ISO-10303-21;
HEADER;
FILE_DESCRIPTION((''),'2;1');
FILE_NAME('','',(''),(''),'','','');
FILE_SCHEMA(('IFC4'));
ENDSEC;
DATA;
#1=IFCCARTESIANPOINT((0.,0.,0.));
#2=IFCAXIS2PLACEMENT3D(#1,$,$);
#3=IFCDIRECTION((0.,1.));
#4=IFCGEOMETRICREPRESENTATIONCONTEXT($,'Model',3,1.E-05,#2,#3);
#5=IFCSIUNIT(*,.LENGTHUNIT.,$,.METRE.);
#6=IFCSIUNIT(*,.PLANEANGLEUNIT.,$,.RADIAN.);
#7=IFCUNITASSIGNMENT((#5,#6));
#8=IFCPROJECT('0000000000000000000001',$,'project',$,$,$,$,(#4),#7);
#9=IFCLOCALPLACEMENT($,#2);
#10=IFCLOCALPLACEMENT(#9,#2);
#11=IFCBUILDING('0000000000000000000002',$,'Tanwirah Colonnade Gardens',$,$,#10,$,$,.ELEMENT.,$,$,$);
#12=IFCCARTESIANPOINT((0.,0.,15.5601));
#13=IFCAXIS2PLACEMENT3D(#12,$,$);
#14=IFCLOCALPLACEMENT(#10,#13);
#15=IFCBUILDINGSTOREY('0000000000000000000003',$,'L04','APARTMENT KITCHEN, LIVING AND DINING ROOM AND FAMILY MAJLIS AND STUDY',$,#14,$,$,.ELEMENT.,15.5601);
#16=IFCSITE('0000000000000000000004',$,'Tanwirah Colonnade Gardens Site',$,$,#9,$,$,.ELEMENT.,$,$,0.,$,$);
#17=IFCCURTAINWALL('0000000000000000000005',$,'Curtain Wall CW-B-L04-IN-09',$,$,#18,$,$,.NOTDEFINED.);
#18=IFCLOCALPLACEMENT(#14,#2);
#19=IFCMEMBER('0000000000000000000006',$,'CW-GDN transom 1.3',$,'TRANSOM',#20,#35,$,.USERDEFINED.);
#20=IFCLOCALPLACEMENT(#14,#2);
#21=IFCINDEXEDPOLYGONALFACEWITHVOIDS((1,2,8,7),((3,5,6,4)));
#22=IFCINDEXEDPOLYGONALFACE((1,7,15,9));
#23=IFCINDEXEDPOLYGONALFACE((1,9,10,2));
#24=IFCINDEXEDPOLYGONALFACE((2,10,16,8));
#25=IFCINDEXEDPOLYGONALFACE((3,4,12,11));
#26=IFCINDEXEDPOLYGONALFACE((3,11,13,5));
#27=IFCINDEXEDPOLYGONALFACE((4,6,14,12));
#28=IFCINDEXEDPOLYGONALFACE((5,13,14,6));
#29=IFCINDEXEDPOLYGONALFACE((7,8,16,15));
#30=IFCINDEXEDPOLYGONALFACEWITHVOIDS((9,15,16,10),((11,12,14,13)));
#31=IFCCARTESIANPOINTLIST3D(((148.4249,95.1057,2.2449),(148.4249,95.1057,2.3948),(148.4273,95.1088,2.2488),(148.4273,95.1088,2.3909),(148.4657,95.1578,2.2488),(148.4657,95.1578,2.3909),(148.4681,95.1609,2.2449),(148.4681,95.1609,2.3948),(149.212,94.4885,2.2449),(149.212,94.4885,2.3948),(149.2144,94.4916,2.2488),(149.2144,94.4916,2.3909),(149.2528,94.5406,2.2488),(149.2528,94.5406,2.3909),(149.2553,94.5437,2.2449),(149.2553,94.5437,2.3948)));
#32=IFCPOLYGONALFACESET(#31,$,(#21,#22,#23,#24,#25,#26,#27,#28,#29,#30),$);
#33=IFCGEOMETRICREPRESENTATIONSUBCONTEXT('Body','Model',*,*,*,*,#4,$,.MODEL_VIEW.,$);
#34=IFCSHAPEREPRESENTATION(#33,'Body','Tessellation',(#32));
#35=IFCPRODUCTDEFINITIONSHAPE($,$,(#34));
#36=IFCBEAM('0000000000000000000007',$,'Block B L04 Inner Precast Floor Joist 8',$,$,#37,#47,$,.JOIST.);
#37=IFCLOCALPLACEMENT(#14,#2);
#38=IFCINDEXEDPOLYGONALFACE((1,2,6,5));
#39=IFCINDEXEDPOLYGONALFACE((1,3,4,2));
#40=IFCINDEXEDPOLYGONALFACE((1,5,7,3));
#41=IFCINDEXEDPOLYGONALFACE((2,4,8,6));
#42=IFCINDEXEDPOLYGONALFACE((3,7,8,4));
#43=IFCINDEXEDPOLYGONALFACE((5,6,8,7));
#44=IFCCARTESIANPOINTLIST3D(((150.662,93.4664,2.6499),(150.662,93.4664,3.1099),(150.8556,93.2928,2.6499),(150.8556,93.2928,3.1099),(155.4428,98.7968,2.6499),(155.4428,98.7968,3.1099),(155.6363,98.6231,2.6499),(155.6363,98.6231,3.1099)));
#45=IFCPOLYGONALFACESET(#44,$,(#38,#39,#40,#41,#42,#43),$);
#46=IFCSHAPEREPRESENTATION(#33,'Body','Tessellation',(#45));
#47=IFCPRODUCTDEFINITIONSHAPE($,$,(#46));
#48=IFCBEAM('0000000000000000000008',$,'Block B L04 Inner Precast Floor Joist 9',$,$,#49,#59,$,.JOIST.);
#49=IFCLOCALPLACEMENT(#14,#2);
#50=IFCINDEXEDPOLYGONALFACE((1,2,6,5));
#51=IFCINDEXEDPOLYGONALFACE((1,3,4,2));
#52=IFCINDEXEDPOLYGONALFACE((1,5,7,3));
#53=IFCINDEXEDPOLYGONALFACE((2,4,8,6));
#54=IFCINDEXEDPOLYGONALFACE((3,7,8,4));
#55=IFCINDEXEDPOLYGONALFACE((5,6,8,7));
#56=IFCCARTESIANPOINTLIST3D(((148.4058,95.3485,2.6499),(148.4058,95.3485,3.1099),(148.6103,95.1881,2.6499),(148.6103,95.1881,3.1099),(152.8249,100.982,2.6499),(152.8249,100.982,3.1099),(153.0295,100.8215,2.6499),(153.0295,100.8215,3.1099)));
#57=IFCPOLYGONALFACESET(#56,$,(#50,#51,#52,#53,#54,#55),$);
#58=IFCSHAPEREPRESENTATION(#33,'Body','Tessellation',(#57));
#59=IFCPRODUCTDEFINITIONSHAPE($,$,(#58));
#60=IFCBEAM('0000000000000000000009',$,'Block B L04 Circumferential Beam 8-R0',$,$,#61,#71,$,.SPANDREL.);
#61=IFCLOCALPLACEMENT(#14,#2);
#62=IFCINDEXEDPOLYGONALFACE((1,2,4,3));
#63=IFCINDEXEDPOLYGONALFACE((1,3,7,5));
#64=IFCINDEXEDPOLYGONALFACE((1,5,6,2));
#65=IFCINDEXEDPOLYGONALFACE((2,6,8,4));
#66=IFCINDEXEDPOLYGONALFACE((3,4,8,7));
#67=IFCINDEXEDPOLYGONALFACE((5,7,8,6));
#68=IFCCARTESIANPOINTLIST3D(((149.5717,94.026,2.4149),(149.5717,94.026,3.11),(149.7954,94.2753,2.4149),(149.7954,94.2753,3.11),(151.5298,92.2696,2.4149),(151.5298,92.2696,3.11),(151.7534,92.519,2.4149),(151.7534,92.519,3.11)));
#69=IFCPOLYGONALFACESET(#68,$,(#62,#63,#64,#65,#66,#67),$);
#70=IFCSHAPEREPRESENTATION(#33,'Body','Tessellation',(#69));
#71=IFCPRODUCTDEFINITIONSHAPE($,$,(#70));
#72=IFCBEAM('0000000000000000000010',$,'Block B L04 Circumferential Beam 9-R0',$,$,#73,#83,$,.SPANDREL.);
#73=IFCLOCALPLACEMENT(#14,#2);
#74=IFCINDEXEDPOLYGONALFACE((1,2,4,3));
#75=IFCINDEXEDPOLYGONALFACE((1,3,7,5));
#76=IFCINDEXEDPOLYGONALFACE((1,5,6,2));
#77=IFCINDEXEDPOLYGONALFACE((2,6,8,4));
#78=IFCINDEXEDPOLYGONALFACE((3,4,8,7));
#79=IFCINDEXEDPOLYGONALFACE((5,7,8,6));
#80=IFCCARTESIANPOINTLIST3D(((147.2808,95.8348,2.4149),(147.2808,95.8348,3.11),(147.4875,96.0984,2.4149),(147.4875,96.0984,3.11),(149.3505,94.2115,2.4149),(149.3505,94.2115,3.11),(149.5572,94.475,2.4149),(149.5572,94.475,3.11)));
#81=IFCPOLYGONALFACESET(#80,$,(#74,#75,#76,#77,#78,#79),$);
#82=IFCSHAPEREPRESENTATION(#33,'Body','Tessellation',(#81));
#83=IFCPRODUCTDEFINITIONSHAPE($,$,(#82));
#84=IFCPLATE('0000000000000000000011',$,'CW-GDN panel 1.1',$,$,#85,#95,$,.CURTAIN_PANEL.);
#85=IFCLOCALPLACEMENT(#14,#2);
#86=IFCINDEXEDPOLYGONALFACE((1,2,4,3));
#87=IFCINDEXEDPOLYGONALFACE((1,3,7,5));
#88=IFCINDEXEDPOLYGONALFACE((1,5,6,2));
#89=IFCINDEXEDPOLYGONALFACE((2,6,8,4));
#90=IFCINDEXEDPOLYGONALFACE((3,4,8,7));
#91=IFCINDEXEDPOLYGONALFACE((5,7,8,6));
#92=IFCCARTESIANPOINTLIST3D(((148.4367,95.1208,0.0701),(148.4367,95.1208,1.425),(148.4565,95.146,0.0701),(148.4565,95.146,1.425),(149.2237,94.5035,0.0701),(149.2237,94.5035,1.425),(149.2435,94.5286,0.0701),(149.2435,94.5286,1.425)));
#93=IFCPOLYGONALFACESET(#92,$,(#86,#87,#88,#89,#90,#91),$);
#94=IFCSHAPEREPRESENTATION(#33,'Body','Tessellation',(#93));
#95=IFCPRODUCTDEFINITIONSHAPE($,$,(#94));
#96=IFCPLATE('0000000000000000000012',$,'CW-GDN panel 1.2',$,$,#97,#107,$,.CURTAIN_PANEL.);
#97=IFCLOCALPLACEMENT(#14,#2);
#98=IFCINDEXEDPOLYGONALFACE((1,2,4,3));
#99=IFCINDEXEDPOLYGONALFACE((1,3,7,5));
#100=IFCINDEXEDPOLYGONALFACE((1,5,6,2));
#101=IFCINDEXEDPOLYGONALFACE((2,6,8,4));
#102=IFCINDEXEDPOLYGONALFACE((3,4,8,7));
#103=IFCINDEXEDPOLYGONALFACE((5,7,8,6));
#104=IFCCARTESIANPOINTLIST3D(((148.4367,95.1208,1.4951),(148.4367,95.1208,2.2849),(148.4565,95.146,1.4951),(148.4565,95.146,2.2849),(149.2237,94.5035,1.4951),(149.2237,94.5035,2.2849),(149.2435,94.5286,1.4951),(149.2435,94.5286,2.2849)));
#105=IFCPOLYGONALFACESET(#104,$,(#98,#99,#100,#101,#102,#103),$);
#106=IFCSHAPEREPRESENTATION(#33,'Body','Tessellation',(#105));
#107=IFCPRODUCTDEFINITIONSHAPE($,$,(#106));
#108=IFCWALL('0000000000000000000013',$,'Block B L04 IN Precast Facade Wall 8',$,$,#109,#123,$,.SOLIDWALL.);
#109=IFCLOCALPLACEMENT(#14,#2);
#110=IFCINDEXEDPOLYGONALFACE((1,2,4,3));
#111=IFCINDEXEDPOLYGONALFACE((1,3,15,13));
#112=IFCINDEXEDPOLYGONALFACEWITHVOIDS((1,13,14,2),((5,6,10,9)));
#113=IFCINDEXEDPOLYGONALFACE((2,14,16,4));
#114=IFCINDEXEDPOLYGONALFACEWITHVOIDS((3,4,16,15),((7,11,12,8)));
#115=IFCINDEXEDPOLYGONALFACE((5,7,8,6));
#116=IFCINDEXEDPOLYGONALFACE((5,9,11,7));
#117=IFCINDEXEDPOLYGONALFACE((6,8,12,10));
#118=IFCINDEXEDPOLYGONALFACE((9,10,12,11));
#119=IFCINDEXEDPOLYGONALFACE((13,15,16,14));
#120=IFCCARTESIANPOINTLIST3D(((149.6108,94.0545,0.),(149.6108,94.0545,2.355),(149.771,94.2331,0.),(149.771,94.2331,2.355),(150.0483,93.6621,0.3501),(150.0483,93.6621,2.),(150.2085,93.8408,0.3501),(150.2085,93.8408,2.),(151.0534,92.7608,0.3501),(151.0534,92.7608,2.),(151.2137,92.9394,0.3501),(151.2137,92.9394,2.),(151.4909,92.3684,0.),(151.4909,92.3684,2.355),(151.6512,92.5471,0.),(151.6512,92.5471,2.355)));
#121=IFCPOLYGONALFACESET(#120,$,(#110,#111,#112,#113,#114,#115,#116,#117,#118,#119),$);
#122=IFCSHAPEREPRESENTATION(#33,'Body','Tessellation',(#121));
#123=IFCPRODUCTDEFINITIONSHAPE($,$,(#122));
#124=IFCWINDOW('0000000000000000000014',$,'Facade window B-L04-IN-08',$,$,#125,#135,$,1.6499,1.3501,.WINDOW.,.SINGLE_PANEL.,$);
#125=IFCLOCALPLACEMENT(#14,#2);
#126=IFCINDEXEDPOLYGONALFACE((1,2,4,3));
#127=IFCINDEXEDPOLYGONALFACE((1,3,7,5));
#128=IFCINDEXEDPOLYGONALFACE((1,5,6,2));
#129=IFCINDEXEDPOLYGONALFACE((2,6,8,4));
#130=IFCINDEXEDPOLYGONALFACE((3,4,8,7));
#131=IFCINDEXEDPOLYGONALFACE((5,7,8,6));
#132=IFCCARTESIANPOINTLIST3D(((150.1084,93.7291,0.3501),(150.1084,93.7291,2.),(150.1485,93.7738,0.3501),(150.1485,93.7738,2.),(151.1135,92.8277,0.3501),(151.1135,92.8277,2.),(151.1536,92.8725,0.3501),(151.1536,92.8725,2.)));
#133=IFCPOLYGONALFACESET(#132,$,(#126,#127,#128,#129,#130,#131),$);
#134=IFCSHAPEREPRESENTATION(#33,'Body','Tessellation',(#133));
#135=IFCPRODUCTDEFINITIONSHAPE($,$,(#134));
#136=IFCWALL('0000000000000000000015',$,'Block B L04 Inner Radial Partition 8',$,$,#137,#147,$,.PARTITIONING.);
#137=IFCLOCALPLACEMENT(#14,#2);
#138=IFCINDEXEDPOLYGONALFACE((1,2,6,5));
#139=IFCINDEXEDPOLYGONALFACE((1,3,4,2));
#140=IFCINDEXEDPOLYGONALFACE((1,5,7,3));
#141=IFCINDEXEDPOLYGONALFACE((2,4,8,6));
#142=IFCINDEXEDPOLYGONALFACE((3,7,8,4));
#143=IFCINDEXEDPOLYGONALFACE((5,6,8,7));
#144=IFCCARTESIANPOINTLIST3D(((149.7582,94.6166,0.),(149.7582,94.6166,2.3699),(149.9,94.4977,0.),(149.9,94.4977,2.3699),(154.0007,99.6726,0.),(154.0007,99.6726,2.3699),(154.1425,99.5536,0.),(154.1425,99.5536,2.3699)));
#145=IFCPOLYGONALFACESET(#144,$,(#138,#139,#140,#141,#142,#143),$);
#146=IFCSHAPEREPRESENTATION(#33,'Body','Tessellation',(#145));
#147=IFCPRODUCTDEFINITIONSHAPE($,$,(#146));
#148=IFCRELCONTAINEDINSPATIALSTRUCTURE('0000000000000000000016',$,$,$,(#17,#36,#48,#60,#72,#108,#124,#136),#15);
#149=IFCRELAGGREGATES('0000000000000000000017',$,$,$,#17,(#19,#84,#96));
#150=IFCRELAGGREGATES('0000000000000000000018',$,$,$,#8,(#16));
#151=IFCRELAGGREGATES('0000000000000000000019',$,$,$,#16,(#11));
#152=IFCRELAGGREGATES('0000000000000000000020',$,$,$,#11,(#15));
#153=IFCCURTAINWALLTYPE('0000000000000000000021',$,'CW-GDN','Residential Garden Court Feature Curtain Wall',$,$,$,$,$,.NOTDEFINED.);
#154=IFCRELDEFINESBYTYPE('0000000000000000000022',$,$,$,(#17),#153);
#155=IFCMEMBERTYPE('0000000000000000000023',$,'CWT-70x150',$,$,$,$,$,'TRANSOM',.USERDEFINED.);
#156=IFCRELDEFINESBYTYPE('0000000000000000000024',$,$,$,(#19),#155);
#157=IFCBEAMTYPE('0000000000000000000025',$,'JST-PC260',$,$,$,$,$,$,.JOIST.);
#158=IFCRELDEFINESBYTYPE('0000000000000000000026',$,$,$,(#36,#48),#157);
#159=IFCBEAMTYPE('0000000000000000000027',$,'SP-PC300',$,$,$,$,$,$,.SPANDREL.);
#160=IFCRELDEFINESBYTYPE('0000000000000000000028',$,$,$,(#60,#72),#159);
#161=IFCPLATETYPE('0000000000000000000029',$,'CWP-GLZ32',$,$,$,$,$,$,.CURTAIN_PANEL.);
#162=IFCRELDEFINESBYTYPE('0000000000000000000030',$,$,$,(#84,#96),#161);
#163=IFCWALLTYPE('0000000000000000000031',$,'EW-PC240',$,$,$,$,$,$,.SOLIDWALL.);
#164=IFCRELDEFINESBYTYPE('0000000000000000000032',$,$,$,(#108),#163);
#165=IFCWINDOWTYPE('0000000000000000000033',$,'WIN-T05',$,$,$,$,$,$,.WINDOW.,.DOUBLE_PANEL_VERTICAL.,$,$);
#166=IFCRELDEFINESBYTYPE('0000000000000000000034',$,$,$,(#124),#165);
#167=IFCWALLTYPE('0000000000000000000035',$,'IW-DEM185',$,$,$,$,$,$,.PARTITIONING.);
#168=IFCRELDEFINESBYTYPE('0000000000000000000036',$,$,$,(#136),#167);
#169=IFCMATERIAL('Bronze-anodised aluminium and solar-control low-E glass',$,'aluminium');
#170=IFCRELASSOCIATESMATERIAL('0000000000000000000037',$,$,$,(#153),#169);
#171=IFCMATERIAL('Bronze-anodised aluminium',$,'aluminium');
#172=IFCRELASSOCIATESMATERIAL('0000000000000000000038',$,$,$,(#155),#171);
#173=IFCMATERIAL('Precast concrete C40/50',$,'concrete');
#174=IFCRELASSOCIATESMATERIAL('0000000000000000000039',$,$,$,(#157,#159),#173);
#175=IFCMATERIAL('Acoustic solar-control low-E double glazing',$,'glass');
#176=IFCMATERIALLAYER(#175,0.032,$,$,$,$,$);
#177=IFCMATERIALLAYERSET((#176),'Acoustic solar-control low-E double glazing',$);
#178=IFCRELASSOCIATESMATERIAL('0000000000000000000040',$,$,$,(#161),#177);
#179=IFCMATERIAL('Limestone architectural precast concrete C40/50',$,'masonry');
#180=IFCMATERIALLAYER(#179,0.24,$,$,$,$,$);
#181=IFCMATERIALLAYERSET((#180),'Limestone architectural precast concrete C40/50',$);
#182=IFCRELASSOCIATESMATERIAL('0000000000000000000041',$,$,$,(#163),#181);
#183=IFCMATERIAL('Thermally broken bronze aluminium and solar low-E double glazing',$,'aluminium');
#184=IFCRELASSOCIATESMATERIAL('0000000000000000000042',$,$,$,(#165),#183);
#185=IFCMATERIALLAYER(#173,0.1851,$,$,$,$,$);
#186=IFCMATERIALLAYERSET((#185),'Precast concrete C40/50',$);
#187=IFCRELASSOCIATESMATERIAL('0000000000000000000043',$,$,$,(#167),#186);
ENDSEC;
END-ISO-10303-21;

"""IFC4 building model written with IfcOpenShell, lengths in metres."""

from ifc_helpers import new_model, si_unit, direction, frame, frame_2d, origin, origin_2d, place, context, subcontext, project, spatial, rectangle, hollow_rectangle, extrude, material, layer, layer_set, material_profile, profile_set, type_object, element, fill, aggregate, save


model = new_model("IFC4")

# Units and contexts
model_context = context("Model", 3, precision=1e-05, world=origin(), true_north=direction((0.0, 1.0)))
body_context = subcontext(model_context, "Body", "Model", "MODEL_VIEW")
ifc_project = project(units=[si_unit("LENGTHUNIT", "METRE"), si_unit("PLANEANGLEUNIT", "RADIAN")], contexts=[model_context])

# Site, building, storey
site_placement = place(None, origin())
site = spatial("IfcSite", under=ifc_project, at=site_placement, Name="Tanwirah Colonnade Gardens Site", CompositionType="ELEMENT", RefElevation=0.0)
building_placement = place(site_placement, origin())
building = spatial("IfcBuilding", under=site, at=building_placement, Name="Tanwirah Colonnade Gardens", CompositionType="ELEMENT")
storey_placement = place(building_placement, frame((0.0, 0.0, 15.5601)))
storey = spatial("IfcBuildingStorey", under=building, at=storey_placement, Name="L04", Description="APARTMENT KITCHEN, LIVING AND DINING ROOM AND FAMILY MAJLIS AND STUDY", CompositionType="ELEMENT", Elevation=15.5601)

# Shared definitions
ifc_material_1 = material(Name="Precast concrete C40/50", Category="concrete")

# Curtain wall, member
ifc_material_2 = material(Name="Bronze-anodised aluminium and solar-control low-E glass", Category="aluminium")
curtain_wall_type = type_object("IfcCurtainWallType", Name="CW-GDN", Description="Residential Garden Court Feature Curtain Wall", PredefinedType="NOTDEFINED", material=ifc_material_2)
curtain_wall_placement = place(storey_placement, origin())
curtain_wall = element("IfcCurtainWall", 1, at=curtain_wall_placement, inside=storey, type_object=curtain_wall_type, Name="Curtain Wall CW-B-L04-IN-09", PredefinedType="NOTDEFINED")
ifc_material_3 = material(Name="Bronze-anodised aluminium", Category="aluminium")
ifc_material_profile_1 = material_profile(ifc_material_3, hollow_rectangle(XDim=0.0701, YDim=0.1499, WallThickness=0.0039, at=origin_2d()), Name="CW-TRN 70x150x4")
ifc_profile_set_1 = profile_set([ifc_material_profile_1], Name="Bronze-anodised aluminium")
member_type_1 = type_object("IfcMemberType", Name="CWT-70x150", ElementType="TRANSOM", PredefinedType="USERDEFINED", material=ifc_profile_set_1)
member_1_placement = place(storey_placement, frame((149.2336, 94.5161, 2.3198), z_axis=(-0.786928, 0.617045, 0.0), x_axis=(-0.617045, -0.786928, 0.0)))
member_1 = element("IfcMember", 2, at=member_1_placement, type_object=member_type_1, Name="CW-GDN transom 1.3", ObjectType="TRANSOM", PredefinedType="USERDEFINED", context=body_context, shape_type="SweptSolid", body=[
    extrude(hollow_rectangle(XDim=0.0701, YDim=0.1499, WallThickness=0.0039, at=origin_2d()), origin(), (0.0, 0.0, 1.0), 1.0002),
])

# Beams
ifc_material_profile_2 = material_profile(ifc_material_1, rectangle(XDim=0.26, YDim=0.46, at=origin_2d()), Name="PC-JST 260x460")
ifc_profile_set_2 = profile_set([ifc_material_profile_2], Name="Precast concrete C40/50")
beam_type_1 = type_object("IfcBeamType", Name="JST-PC260", PredefinedType="JOIST", material=ifc_profile_set_2)
beam_1_placement = place(storey_placement, frame((150.7588, 93.3796, 2.8799), z_axis=(0.667688, 0.744441, 0.0), x_axis=(-0.744441, 0.667688, 0.0)))
element("IfcBeam", 3, at=beam_1_placement, inside=storey, type_object=beam_type_1, Name="Block B L04 Inner Precast Floor Joist 8", PredefinedType="JOIST", context=body_context, shape_type="SweptSolid", body=[
    extrude(rectangle(XDim=0.26, YDim=0.46, at=origin_2d()), origin(), (0.0, 0.0, 1.0), 7.1602),
])
beam_2_placement = place(storey_placement, frame((148.5081, 95.2683, 2.8799), z_axis=(0.617202, 0.786804, 0.0), x_axis=(-0.786804, 0.617202, 0.0)))
element("IfcBeam", 4, at=beam_2_placement, inside=storey, type_object=beam_type_1, Name="Block B L04 Inner Precast Floor Joist 9", PredefinedType="JOIST", context=body_context, shape_type="SweptSolid", body=[
    extrude(rectangle(XDim=0.26, YDim=0.46, at=origin_2d()), origin(), (0.0, 0.0, 1.0), 7.1599),
])
ifc_material_profile_3 = material_profile(ifc_material_1, rectangle(XDim=0.335, YDim=0.6951, at=origin_2d()), Name="PC-SP 335x695")
ifc_profile_set_3 = profile_set([ifc_material_profile_3], Name="Precast concrete C40/50")
beam_type_2 = type_object("IfcBeamType", Name="SP-PC300", PredefinedType="SPANDREL", material=ifc_profile_set_3)
for number, where, z_axis, x_axis, name in (
    (5, (151.6416, 92.3943, 2.7625), (-0.744401, 0.667733, 0.0), (-0.667733, -0.744401, 0.0), "Block B L04 Circumferential Beam 8-R0"),
    (6, (149.4539, 94.3433, 2.7625), (-0.786837, 0.617161, 0.0), (-0.617161, -0.786837, 0.0), "Block B L04 Circumferential Beam 9-R0"),
):
    element("IfcBeam", number, at=place(storey_placement, frame(where, z_axis=z_axis, x_axis=x_axis)), inside=storey, type_object=beam_type_2, Name=name, PredefinedType="SPANDREL", context=body_context, shape_type="SweptSolid", body=[
        extrude(rectangle(XDim=0.335, YDim=0.6951, at=origin_2d()), origin(), (0.0, 0.0, 1.0), 2.6304),
    ])

# Plates
ifc_material_4 = material(Name="Acoustic solar-control low-E double glazing", Category="glass")
ifc_layer_1 = layer(ifc_material_4, 0.032)
ifc_layer_set_1 = layer_set([ifc_layer_1], Name="Acoustic solar-control low-E double glazing")
plate_type = type_object("IfcPlateType", Name="CWP-GLZ32", PredefinedType="CURTAIN_PANEL", material=ifc_layer_set_1)
plate_1_placement = place(storey_placement, frame((148.8401, 94.8247, 0.0701), z_axis=(0.0, 0.0, 1.0), x_axis=(-0.786815, 0.617189, 0.0)))
plate_1 = element("IfcPlate", 7, at=plate_1_placement, type_object=plate_type, Name="CW-GDN panel 1.1", PredefinedType="CURTAIN_PANEL", context=body_context, shape_type="SweptSolid", body=[
    extrude(rectangle(XDim=1.0002, YDim=0.032, at=origin_2d()), origin(), (0.0, 0.0, 1.0), 1.355),
])
plate_2_placement = place(storey_placement, frame((148.8401, 94.8247, 1.4951), z_axis=(0.0, 0.0, 1.0), x_axis=(-0.786815, 0.617189, 0.0)))
plate_2 = element("IfcPlate", 8, at=plate_2_placement, type_object=plate_type, Name="CW-GDN panel 1.2", PredefinedType="CURTAIN_PANEL", context=body_context, shape_type="SweptSolid", body=[
    extrude(rectangle(XDim=1.0002, YDim=0.032, at=origin_2d()), origin(), (0.0, 0.0, 1.0), 0.7898),
])
aggregate(curtain_wall, [member_1, plate_1, plate_2])

# Wall, opening, window
ifc_material_5 = material(Name="Limestone architectural precast concrete C40/50", Category="masonry")
ifc_layer_2 = layer(ifc_material_5, 0.24)
ifc_layer_set_2 = layer_set([ifc_layer_2], Name="Limestone architectural precast concrete C40/50")
wall_type_1 = type_object("IfcWallType", Name="EW-PC240", PredefinedType="SOLIDWALL", material=ifc_layer_set_2)
wall_1_placement = place(storey_placement, frame((151.571, 92.4578, 0.0), z_axis=(0.0, 0.0, 1.0), x_axis=(-0.74449, 0.667634, 0.0)))
wall_1 = element("IfcWall", 9, at=wall_1_placement, inside=storey, type_object=wall_type_1, Name="Block B L04 IN Precast Facade Wall 8", PredefinedType="SOLIDWALL", context=body_context, shape_type="SweptSolid", body=[
    extrude(rectangle(XDim=2.5254, YDim=0.24, at=frame_2d((1.2627, 0.0))), origin(), (0.0, 0.0, 1.0), 2.355),
])
opening_1_placement = place(wall_1_placement, frame((0.5876, 0.0, 0.3501)))
opening_1 = element("IfcOpeningElement", 10, at=opening_1_placement, cuts=wall_1, PredefinedType="OPENING", context=body_context, shape_type="SweptSolid", body=[
    extrude(rectangle(XDim=1.3501, YDim=1.6499, at=frame_2d((0.675, 0.825))), frame((0.0, 0.1299, 0.0), z_axis=(0.0, -1.0, 0.0), x_axis=(1.0, 0.0, 0.0)), (0.0, 0.0, 1.0), 0.26),
])
ifc_material_6 = material(Name="Thermally broken bronze aluminium and solar low-E double glazing", Category="aluminium")
window_type = type_object("IfcWindowType", Name="WIN-T05", PartitioningType="DOUBLE_PANEL_VERTICAL", PredefinedType="WINDOW", material=ifc_material_6)
window_placement = place(opening_1_placement, origin())
window = element("IfcWindow", 11, at=window_placement, inside=storey, type_object=window_type, Name="Facade window B-L04-IN-08", OverallHeight=1.6499, OverallWidth=1.3501, PartitioningType="SINGLE_PANEL", PredefinedType="WINDOW", context=body_context, shape_type="SweptSolid", body=[
    extrude(rectangle(XDim=1.3501, YDim=1.6499, at=frame_2d((0.675, 0.825))), frame((0.0, 0.03, 0.0), z_axis=(0.0, -1.0, 0.0), x_axis=(1.0, 0.0, 0.0)), (0.0, 0.0, 1.0), 0.0601),
])
fill(opening_1, window)

# Wall
ifc_layer_3 = layer(ifc_material_1, 0.1851)
ifc_layer_set_3 = layer_set([ifc_layer_3], Name="Precast concrete C40/50")
wall_type_2 = type_object("IfcWallType", Name="IW-DEM185", PredefinedType="PARTITIONING", material=ifc_layer_set_3)
wall_2_placement = place(storey_placement, frame((149.8291, 94.5571, 0.0), z_axis=(0.0, 0.0, 1.0), x_axis=(0.642789, 0.766043, 0.0)))
element("IfcWall", 12, at=wall_2_placement, inside=storey, type_object=wall_type_2, Name="Block B L04 Inner Radial Partition 8", PredefinedType="PARTITIONING", context=body_context, shape_type="SweptSolid", body=[
    extrude(rectangle(XDim=6.6001, YDim=0.1851, at=frame_2d((3.3, 0.0))), origin(), (0.0, 0.0, 1.0), 2.3699),
])

save(model, "model.ifc")
